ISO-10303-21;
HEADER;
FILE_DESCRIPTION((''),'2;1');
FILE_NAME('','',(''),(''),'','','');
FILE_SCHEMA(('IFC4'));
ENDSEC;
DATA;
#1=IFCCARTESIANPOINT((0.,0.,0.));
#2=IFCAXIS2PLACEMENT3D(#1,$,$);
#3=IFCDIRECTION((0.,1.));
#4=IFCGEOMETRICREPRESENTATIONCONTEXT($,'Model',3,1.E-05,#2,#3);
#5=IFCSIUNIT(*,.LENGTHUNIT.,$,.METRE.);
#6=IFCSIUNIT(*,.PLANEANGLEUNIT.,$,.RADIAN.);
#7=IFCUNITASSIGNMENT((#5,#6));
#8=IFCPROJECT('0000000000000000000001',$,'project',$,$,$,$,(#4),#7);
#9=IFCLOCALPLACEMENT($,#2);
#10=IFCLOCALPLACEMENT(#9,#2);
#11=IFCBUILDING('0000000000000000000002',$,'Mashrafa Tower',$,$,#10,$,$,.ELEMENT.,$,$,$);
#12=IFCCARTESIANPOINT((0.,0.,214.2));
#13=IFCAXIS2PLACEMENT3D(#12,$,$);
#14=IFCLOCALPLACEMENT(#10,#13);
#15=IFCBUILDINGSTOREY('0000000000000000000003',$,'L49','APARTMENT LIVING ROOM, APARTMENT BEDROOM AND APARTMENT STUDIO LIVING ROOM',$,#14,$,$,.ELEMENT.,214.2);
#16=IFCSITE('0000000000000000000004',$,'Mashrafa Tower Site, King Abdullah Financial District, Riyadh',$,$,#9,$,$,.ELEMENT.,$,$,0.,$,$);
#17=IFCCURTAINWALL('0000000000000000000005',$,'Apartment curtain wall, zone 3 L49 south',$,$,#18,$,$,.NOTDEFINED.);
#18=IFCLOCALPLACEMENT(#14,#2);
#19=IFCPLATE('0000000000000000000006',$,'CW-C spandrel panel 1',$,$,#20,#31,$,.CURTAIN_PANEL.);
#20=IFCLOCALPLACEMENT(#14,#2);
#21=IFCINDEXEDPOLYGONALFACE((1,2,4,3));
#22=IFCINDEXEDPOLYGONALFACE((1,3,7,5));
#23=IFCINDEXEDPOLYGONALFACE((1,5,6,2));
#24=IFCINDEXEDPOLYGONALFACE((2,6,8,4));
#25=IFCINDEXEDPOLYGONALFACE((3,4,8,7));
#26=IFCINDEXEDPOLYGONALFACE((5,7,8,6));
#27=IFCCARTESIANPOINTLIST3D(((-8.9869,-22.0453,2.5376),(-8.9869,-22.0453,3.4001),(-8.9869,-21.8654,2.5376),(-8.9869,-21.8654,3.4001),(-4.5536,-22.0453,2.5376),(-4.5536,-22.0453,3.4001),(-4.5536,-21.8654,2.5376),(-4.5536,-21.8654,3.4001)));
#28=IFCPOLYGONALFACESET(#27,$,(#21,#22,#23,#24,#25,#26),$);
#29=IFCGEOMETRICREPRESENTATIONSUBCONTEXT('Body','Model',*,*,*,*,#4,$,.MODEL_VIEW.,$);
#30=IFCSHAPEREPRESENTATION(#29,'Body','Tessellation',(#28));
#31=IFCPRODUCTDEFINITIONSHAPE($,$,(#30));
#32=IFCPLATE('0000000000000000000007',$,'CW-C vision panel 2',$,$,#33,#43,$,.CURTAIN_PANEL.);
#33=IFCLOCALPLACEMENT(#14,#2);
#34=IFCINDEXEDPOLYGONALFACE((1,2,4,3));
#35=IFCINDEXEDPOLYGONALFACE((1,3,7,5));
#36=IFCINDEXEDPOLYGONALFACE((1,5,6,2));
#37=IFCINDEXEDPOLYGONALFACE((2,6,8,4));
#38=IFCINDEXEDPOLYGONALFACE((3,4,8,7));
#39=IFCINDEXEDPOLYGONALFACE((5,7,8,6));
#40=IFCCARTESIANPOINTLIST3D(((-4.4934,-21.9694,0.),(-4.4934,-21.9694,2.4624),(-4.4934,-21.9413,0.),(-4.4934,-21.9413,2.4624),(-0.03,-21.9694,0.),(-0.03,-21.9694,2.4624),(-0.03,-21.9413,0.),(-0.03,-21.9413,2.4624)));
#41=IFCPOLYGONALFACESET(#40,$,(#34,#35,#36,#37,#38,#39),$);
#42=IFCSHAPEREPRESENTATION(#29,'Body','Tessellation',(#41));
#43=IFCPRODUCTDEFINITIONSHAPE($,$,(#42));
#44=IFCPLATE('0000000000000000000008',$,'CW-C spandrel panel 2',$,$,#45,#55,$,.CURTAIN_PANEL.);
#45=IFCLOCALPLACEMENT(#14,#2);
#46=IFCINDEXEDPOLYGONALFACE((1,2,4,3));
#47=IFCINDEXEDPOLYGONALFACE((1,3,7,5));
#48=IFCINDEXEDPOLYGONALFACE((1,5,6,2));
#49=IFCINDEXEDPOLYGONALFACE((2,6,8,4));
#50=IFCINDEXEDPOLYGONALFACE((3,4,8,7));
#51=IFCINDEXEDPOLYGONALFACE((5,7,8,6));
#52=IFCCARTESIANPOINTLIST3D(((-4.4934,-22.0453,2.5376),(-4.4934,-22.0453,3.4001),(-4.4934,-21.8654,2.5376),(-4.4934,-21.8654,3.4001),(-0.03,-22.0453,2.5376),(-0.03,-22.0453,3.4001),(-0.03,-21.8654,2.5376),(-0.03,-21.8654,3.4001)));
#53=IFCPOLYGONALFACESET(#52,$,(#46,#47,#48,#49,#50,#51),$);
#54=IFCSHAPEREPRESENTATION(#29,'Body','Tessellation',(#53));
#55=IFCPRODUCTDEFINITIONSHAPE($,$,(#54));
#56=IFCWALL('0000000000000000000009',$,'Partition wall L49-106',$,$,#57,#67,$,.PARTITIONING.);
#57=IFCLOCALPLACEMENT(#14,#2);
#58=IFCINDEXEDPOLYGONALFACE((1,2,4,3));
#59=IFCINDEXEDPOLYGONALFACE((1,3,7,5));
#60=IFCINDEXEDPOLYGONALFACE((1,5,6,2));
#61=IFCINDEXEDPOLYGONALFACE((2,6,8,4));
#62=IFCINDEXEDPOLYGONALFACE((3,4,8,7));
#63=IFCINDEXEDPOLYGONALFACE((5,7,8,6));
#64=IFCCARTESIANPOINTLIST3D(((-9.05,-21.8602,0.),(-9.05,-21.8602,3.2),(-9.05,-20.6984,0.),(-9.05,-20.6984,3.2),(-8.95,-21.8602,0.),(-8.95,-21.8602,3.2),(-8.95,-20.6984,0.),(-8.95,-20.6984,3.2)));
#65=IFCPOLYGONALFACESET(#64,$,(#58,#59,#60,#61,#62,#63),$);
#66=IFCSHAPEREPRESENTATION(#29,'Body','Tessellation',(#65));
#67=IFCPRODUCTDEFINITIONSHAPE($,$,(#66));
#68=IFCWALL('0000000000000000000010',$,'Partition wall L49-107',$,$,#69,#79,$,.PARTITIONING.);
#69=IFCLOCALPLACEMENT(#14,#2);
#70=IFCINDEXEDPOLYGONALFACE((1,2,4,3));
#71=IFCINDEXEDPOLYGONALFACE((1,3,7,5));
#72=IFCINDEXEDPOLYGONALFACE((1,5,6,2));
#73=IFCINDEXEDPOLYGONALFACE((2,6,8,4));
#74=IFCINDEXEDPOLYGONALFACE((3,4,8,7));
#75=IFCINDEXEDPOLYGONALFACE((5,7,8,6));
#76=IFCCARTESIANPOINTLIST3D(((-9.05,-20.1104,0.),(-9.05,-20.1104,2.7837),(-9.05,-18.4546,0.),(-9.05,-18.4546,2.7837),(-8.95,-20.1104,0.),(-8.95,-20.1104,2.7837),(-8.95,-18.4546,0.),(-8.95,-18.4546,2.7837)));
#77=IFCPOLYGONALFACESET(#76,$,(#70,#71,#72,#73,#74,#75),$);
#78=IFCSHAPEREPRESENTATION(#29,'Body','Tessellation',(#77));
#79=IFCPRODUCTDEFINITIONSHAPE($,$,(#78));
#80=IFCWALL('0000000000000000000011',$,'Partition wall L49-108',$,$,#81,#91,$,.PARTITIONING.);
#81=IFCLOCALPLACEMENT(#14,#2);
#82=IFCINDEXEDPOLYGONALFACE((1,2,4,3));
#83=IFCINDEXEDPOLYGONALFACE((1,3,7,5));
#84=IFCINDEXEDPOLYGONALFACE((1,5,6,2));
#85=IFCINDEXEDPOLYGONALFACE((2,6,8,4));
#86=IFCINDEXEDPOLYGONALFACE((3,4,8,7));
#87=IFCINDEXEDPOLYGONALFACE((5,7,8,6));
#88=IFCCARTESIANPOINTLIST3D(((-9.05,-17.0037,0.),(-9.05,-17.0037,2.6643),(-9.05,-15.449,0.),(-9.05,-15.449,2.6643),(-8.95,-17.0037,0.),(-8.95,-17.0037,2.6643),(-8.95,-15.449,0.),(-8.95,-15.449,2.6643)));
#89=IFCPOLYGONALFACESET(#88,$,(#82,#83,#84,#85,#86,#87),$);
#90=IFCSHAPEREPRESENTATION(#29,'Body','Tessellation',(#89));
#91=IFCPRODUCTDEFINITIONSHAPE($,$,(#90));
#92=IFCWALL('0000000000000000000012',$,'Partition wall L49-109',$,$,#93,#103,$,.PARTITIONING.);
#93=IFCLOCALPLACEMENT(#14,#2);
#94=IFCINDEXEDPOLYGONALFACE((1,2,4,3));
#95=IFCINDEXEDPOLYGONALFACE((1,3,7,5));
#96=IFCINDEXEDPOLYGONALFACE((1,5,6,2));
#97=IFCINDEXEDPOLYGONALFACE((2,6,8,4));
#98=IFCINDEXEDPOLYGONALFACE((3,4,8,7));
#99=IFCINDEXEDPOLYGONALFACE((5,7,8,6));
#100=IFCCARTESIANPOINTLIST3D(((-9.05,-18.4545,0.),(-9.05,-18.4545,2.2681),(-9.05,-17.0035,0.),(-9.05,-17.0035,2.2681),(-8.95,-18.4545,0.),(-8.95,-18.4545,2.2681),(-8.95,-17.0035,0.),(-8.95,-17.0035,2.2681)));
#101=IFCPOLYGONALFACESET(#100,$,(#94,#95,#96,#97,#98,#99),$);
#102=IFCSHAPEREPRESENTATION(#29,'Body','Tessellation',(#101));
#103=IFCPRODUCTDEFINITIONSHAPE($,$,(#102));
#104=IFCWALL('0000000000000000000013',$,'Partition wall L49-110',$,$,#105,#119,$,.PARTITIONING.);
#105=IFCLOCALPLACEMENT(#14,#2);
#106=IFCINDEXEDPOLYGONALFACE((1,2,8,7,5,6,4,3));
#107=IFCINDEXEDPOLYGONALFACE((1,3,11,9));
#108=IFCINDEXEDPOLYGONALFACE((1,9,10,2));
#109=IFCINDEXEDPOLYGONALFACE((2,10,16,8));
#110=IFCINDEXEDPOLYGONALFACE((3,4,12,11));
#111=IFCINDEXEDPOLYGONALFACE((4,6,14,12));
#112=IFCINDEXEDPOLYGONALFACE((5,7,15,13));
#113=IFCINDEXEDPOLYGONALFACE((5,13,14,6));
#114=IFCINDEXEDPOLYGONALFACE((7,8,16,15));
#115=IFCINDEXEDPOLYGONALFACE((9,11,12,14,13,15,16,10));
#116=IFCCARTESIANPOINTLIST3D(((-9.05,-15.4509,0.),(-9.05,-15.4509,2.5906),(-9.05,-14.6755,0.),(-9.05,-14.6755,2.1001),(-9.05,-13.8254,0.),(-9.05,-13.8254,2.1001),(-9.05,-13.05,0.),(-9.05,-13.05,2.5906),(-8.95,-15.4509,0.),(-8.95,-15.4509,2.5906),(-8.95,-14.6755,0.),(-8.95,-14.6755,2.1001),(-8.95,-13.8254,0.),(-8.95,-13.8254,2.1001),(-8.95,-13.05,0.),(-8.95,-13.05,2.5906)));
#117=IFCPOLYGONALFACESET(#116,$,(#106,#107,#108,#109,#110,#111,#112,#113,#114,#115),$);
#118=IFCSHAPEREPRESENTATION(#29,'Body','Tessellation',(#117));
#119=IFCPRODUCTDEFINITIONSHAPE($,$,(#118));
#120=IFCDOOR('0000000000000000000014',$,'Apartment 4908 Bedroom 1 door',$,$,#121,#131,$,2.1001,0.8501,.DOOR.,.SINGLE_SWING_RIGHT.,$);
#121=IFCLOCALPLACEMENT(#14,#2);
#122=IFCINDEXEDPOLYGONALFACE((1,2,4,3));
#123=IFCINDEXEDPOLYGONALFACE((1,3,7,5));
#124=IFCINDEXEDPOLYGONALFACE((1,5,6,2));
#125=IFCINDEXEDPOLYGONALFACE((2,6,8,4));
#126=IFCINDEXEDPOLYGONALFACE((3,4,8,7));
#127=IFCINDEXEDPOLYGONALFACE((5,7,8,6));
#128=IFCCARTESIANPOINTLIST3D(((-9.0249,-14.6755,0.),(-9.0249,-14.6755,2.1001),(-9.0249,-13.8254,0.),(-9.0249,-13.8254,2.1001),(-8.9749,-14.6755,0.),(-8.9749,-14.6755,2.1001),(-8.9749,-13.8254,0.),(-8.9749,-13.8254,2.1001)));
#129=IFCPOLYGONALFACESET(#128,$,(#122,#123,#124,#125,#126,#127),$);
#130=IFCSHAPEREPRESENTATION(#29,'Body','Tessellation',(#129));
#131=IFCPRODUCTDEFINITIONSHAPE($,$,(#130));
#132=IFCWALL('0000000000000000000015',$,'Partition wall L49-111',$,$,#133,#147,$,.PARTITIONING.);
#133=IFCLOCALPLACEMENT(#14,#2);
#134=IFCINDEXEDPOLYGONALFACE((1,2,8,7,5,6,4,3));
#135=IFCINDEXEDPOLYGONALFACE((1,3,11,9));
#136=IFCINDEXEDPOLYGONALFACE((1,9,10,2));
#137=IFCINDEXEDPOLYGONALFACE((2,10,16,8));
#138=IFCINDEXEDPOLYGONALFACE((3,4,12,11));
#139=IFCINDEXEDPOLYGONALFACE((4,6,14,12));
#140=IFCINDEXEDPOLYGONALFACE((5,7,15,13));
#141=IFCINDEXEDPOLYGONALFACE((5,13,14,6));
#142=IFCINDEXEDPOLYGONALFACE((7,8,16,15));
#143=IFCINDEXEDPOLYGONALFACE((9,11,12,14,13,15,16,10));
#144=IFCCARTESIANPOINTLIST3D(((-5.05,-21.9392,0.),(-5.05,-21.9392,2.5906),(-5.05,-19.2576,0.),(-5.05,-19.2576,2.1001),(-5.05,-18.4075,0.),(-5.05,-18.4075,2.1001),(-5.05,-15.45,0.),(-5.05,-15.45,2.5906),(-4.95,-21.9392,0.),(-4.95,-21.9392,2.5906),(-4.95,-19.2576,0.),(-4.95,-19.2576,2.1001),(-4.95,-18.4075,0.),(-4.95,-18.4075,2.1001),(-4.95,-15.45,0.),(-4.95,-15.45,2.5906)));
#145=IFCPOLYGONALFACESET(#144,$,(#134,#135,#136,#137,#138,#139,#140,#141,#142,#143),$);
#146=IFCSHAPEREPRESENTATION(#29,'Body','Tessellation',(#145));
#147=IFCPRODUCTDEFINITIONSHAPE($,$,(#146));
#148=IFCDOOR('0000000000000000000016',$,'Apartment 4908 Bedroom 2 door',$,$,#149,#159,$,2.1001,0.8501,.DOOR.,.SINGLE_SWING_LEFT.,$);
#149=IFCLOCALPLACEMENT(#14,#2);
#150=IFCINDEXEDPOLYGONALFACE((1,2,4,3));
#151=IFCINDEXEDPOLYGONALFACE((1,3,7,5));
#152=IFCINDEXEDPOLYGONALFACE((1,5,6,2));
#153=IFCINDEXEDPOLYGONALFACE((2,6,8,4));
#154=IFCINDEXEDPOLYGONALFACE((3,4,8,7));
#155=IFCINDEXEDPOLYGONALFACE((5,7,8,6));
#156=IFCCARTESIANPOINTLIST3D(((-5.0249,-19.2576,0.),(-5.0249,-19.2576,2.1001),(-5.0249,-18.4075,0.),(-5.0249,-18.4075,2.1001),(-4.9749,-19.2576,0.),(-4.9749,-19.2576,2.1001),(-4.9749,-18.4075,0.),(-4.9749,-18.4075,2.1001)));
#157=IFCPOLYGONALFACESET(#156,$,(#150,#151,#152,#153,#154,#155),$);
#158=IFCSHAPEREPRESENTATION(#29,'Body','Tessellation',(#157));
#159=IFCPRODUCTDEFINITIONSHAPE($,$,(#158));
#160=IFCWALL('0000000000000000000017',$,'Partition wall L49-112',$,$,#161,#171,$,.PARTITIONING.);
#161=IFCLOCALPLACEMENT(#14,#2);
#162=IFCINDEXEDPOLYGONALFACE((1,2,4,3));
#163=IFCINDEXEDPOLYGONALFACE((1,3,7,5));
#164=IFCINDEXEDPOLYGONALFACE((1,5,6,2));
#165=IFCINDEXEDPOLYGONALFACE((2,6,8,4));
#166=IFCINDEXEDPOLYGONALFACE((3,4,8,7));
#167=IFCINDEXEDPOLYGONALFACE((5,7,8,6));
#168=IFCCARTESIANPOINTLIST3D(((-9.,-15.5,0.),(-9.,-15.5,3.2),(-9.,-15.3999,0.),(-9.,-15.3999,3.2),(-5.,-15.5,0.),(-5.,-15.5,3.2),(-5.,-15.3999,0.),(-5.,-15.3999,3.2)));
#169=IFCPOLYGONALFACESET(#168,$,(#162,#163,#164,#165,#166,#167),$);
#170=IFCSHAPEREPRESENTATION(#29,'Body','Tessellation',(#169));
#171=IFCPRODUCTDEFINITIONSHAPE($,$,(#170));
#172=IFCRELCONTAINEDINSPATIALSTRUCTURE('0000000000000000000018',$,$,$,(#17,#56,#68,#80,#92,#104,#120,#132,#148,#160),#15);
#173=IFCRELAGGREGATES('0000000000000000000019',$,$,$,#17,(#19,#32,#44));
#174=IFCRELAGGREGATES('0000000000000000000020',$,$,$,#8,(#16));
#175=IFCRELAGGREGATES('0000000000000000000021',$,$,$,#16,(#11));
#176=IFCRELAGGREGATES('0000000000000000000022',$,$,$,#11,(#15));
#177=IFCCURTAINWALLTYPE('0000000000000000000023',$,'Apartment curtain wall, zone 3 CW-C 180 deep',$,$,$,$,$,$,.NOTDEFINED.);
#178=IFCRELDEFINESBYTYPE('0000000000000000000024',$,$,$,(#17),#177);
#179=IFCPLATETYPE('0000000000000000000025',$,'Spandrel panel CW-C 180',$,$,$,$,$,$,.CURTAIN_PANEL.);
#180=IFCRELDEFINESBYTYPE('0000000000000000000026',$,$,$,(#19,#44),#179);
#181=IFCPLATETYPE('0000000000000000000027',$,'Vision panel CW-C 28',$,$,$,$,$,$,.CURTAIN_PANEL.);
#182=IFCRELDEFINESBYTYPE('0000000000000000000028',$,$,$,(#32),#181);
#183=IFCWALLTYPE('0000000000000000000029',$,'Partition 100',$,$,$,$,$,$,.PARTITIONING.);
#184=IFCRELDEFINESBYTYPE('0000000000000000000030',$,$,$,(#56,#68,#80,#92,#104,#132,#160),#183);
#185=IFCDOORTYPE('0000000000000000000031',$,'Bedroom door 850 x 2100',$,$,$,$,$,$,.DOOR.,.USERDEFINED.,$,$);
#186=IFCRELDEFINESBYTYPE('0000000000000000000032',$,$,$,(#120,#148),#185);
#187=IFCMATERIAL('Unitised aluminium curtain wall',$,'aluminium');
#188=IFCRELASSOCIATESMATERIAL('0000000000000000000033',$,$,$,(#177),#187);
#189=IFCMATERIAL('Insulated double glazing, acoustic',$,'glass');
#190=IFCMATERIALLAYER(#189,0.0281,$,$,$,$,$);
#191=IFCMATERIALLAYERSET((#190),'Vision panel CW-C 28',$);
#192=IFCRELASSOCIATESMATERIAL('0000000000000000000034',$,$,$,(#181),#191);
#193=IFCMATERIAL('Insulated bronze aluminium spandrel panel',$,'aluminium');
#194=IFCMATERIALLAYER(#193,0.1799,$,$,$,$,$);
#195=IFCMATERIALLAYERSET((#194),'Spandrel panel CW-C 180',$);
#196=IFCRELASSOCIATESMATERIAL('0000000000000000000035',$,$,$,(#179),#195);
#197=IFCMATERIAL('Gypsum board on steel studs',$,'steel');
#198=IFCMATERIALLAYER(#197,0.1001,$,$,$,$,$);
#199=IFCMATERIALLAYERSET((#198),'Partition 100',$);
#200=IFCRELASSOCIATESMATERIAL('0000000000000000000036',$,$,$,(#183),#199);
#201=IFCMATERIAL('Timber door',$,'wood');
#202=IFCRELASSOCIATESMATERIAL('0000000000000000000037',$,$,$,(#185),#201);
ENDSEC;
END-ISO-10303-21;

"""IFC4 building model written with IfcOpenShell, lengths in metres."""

from ifc_helpers import new_model, si_unit, direction, frame, frame_2d, origin, origin_2d, place, context, subcontext, project, spatial, rectangle, extrude, source, transform, mapped, material, layer, layer_set, type_object, type_shapes, element, fill, aggregate, save


model = new_model("IFC4")

# Units and contexts
model_context = context("Model", 3, precision=1e-05, world=origin(), true_north=direction((0.0, 1.0)))
body_context = subcontext(model_context, "Body", "Model", "MODEL_VIEW")
ifc_project = project(units=[si_unit("LENGTHUNIT", "METRE"), si_unit("PLANEANGLEUNIT", "RADIAN")], contexts=[model_context])

# Site, building, storey
site_placement = place(None, origin())
site = spatial("IfcSite", under=ifc_project, at=site_placement, Name="Mashrafa Tower Site, King Abdullah Financial District, Riyadh", CompositionType="ELEMENT", RefElevation=0.0)
building_placement = place(site_placement, origin())
building = spatial("IfcBuilding", under=site, at=building_placement, Name="Mashrafa Tower", CompositionType="ELEMENT")
storey_placement = place(building_placement, frame((0.0, 0.0, 214.2)))
storey = spatial("IfcBuildingStorey", under=building, at=storey_placement, Name="L49", Description="APARTMENT LIVING ROOM, APARTMENT BEDROOM AND APARTMENT STUDIO LIVING ROOM", CompositionType="ELEMENT", Elevation=214.2)

# Curtain wall
ifc_material_1 = material(Name="Unitised aluminium curtain wall", Category="aluminium")
curtain_wall_type = type_object("IfcCurtainWallType", Name="Apartment curtain wall, zone 3 CW-C 180 deep", PredefinedType="NOTDEFINED", material=ifc_material_1)
curtain_wall_1_placement = place(storey_placement, origin())
curtain_wall_1 = element("IfcCurtainWall", 1, at=curtain_wall_1_placement, inside=storey, type_object=curtain_wall_type, Name="Apartment curtain wall, zone 3 L49 south", PredefinedType="NOTDEFINED")

# Plates
ifc_material_2 = material(Name="Insulated double glazing, acoustic", Category="glass")
ifc_layer_1 = layer(ifc_material_2, 0.0281)
ifc_layer_set_1 = layer_set([ifc_layer_1], Name="Vision panel CW-C 28")
plate_type_1 = type_object("IfcPlateType", Name="Vision panel CW-C 28", PredefinedType="CURTAIN_PANEL", material=ifc_layer_set_1)
ifc_material_3 = material(Name="Insulated bronze aluminium spandrel panel", Category="aluminium")
ifc_layer_2 = layer(ifc_material_3, 0.1799)
ifc_layer_set_2 = layer_set([ifc_layer_2], Name="Spandrel panel CW-C 180")
plate_type_2 = type_object("IfcPlateType", Name="Spandrel panel CW-C 180", PredefinedType="CURTAIN_PANEL", material=ifc_layer_set_2)
shared_shape_1 = source(origin(), body_context, "Body", "SweptSolid", [
    extrude(rectangle(XDim=4.4333, YDim=0.1799, at=origin_2d()), origin(), (0.0, 0.0, 1.0), 0.8625),
])
plate_1_placement = place(storey_placement, frame((-6.7703, -21.9553, 2.5376), z_axis=(0.0, 0.0, 1.0), x_axis=(1.0, 0.0, 0.0)))
plate_1 = element("IfcPlate", 2, at=plate_1_placement, type_object=plate_type_2, Name="CW-C spandrel panel 1", PredefinedType="CURTAIN_PANEL", context=body_context, shape_type="MappedRepresentation", body=[
    mapped(shared_shape_1, transform((0.0, 0.0, 0.0))),
])
shared_shape_2 = source(origin(), body_context, "Body", "SweptSolid", [
    extrude(rectangle(XDim=4.4634, YDim=0.0281, at=origin_2d()), origin(), (0.0, 0.0, 1.0), 2.4624),
])
plate_2_placement = place(storey_placement, frame((-2.2617, -21.9553, 0.0), z_axis=(0.0, 0.0, 1.0), x_axis=(1.0, 0.0, 0.0)))
plate_2 = element("IfcPlate", 3, at=plate_2_placement, type_object=plate_type_1, Name="CW-C vision panel 2", PredefinedType="CURTAIN_PANEL", context=body_context, shape_type="MappedRepresentation", body=[
    mapped(shared_shape_2, transform((0.0, 0.0, 0.0))),
])
shared_shape_3 = source(origin(), body_context, "Body", "SweptSolid", [
    extrude(rectangle(XDim=4.4634, YDim=0.1799, at=origin_2d()), origin(), (0.0, 0.0, 1.0), 0.8625),
])
type_shapes(plate_type_2, [shared_shape_1, shared_shape_3])
plate_3_placement = place(storey_placement, frame((-2.2617, -21.9553, 2.5376), z_axis=(0.0, 0.0, 1.0), x_axis=(1.0, 0.0, 0.0)))
plate_3 = element("IfcPlate", 4, at=plate_3_placement, type_object=plate_type_2, Name="CW-C spandrel panel 2", PredefinedType="CURTAIN_PANEL", context=body_context, shape_type="MappedRepresentation", body=[
    mapped(shared_shape_3, transform((0.0, 0.0, 0.0))),
])
aggregate(curtain_wall_1, [plate_1, plate_2, plate_3])

# Walls
ifc_material_4 = material(Name="Gypsum board on steel studs", Category="steel")
ifc_layer_3 = layer(ifc_material_4, 0.1001)
ifc_layer_set_3 = layer_set([ifc_layer_3], Name="Partition 100")
wall_type = type_object("IfcWallType", Name="Partition 100", PredefinedType="PARTITIONING", material=ifc_layer_set_3)
wall_1_placement = place(storey_placement, frame((-9.0, -21.8604, 0.0), z_axis=(0.0, 0.0, 1.0), x_axis=(0.0, 1.0, 0.0)))
element("IfcWall", 5, at=wall_1_placement, inside=storey, type_object=wall_type, Name="Partition wall L49-106", PredefinedType="PARTITIONING", context=body_context, shape_type="SweptSolid", body=[
    extrude(rectangle(XDim=1.1619, YDim=0.1001, at=frame_2d((0.5811, 0.0))), origin(), (0.0, 0.0, 1.0), 3.2),
])
wall_2_placement = place(storey_placement, frame((-9.0, -20.1104, 0.0), z_axis=(0.0, 0.0, 1.0), x_axis=(0.0, 1.0, 0.0)))
element("IfcWall", 6, at=wall_2_placement, inside=storey, type_object=wall_type, Name="Partition wall L49-107", PredefinedType="PARTITIONING", context=body_context, shape_type="SweptSolid", body=[
    extrude(rectangle(XDim=1.6558, YDim=0.1001, at=frame_2d((0.8279, 0.0))), origin(), (0.0, 0.0, 1.0), 2.7837),
])
wall_3_placement = place(storey_placement, frame((-9.0, -17.0037, 0.0), z_axis=(0.0, 0.0, 1.0), x_axis=(0.0, 1.0, 0.0)))
element("IfcWall", 7, at=wall_3_placement, inside=storey, type_object=wall_type, Name="Partition wall L49-108", PredefinedType="PARTITIONING", context=body_context, shape_type="SweptSolid", body=[
    extrude(rectangle(XDim=1.5547, YDim=0.1001, at=frame_2d((0.7773, 0.0))), origin(), (0.0, 0.0, 1.0), 2.6643),
])
wall_4_placement = place(storey_placement, frame((-9.0, -18.4546, 0.0), z_axis=(0.0, 0.0, 1.0), x_axis=(0.0, 1.0, 0.0)))
element("IfcWall", 8, at=wall_4_placement, inside=storey, type_object=wall_type, Name="Partition wall L49-109", PredefinedType="PARTITIONING", context=body_context, shape_type="SweptSolid", body=[
    extrude(rectangle(XDim=1.4509, YDim=0.1001, at=frame_2d((0.7256, 0.0))), origin(), (0.0, 0.0, 1.0), 2.2681),
])

# Walls, openings, doors
wall_5_placement = place(storey_placement, frame((-9.0, -15.4509, 0.0), z_axis=(0.0, 0.0, 1.0), x_axis=(0.0, 1.0, 0.0)))
wall_5 = element("IfcWall", 9, at=wall_5_placement, inside=storey, type_object=wall_type, Name="Partition wall L49-110", PredefinedType="PARTITIONING", context=body_context, shape_type="SweptSolid", body=[
    extrude(rectangle(XDim=2.4009, YDim=0.1001, at=frame_2d((1.2004, 0.0))), origin(), (0.0, 0.0, 1.0), 2.5906),
])
opening_1_placement = place(wall_5_placement, frame((0.7754, 0.0, 0.0)))
opening_1 = element("IfcOpeningElement", 10, at=opening_1_placement, cuts=wall_5, PredefinedType="OPENING", context=body_context, shape_type="SweptSolid", body=[
    extrude(rectangle(XDim=0.8501, YDim=2.1001, at=frame_2d((0.425, 1.05))), frame((0.0, 0.0601, 0.0), z_axis=(0.0, -1.0, 0.0), x_axis=(1.0, 0.0, 0.0)), (0.0, 0.0, 1.0), 0.1201),
])
ifc_material_5 = material(Name="Timber door", Category="wood")
door_type = type_object("IfcDoorType", Name="Bedroom door 850 x 2100", OperationType="USERDEFINED", PredefinedType="DOOR", material=ifc_material_5)
door_1_placement = place(opening_1_placement, origin())
door_1 = element("IfcDoor", 11, at=door_1_placement, inside=storey, type_object=door_type, Name="Apartment 4908 Bedroom 1 door", OperationType="SINGLE_SWING_RIGHT", OverallHeight=2.1001, OverallWidth=0.8501, PredefinedType="DOOR", context=body_context, shape_type="SweptSolid", body=[
    extrude(rectangle(XDim=0.8501, YDim=2.1001, at=frame_2d((0.425, 1.05))), frame((0.0, 0.0249, 0.0), z_axis=(0.0, -1.0, 0.0), x_axis=(1.0, 0.0, 0.0)), (0.0, 0.0, 1.0), 0.05),
])
fill(opening_1, door_1)
wall_6_placement = place(storey_placement, frame((-5.0, -21.9392, 0.0), z_axis=(0.0, 0.0, 1.0), x_axis=(0.0, 1.0, 0.0)))
wall_6 = element("IfcWall", 12, at=wall_6_placement, inside=storey, type_object=wall_type, Name="Partition wall L49-111", PredefinedType="PARTITIONING", context=body_context, shape_type="SweptSolid", body=[
    extrude(rectangle(XDim=6.4893, YDim=0.1001, at=frame_2d((3.2446, 0.0))), origin(), (0.0, 0.0, 1.0), 2.5906),
])
opening_2_placement = place(wall_6_placement, frame((2.6816, 0.0, 0.0)))
opening_2 = element("IfcOpeningElement", 13, at=opening_2_placement, cuts=wall_6, PredefinedType="OPENING", context=body_context, shape_type="SweptSolid", body=[
    extrude(rectangle(XDim=0.8501, YDim=2.1001, at=frame_2d((0.425, 1.05))), frame((0.0, 0.0601, 0.0), z_axis=(0.0, -1.0, 0.0), x_axis=(1.0, 0.0, 0.0)), (0.0, 0.0, 1.0), 0.1201),
])
door_2_placement = place(opening_2_placement, origin())
door_2 = element("IfcDoor", 14, at=door_2_placement, inside=storey, type_object=door_type, Name="Apartment 4908 Bedroom 2 door", OperationType="SINGLE_SWING_LEFT", OverallHeight=2.1001, OverallWidth=0.8501, PredefinedType="DOOR", context=body_context, shape_type="SweptSolid", body=[
    extrude(rectangle(XDim=0.8501, YDim=2.1001, at=frame_2d((0.425, 1.05))), frame((0.0, 0.0249, 0.0), z_axis=(0.0, -1.0, 0.0), x_axis=(1.0, 0.0, 0.0)), (0.0, 0.0, 1.0), 0.05),
])
fill(opening_2, door_2)

# Wall
wall_7_placement = place(storey_placement, frame((-5.0, -15.45, 0.0), z_axis=(0.0, 0.0, 1.0), x_axis=(-1.0, 0.0, 0.0)))
element("IfcWall", 15, at=wall_7_placement, inside=storey, type_object=wall_type, Name="Partition wall L49-112", PredefinedType="PARTITIONING", context=body_context, shape_type="SweptSolid", body=[
    extrude(rectangle(XDim=4.0, YDim=0.1001, at=frame_2d((2.0, 0.0))), origin(), (0.0, 0.0, 1.0), 3.2),
])

save(model, "model.ifc")
